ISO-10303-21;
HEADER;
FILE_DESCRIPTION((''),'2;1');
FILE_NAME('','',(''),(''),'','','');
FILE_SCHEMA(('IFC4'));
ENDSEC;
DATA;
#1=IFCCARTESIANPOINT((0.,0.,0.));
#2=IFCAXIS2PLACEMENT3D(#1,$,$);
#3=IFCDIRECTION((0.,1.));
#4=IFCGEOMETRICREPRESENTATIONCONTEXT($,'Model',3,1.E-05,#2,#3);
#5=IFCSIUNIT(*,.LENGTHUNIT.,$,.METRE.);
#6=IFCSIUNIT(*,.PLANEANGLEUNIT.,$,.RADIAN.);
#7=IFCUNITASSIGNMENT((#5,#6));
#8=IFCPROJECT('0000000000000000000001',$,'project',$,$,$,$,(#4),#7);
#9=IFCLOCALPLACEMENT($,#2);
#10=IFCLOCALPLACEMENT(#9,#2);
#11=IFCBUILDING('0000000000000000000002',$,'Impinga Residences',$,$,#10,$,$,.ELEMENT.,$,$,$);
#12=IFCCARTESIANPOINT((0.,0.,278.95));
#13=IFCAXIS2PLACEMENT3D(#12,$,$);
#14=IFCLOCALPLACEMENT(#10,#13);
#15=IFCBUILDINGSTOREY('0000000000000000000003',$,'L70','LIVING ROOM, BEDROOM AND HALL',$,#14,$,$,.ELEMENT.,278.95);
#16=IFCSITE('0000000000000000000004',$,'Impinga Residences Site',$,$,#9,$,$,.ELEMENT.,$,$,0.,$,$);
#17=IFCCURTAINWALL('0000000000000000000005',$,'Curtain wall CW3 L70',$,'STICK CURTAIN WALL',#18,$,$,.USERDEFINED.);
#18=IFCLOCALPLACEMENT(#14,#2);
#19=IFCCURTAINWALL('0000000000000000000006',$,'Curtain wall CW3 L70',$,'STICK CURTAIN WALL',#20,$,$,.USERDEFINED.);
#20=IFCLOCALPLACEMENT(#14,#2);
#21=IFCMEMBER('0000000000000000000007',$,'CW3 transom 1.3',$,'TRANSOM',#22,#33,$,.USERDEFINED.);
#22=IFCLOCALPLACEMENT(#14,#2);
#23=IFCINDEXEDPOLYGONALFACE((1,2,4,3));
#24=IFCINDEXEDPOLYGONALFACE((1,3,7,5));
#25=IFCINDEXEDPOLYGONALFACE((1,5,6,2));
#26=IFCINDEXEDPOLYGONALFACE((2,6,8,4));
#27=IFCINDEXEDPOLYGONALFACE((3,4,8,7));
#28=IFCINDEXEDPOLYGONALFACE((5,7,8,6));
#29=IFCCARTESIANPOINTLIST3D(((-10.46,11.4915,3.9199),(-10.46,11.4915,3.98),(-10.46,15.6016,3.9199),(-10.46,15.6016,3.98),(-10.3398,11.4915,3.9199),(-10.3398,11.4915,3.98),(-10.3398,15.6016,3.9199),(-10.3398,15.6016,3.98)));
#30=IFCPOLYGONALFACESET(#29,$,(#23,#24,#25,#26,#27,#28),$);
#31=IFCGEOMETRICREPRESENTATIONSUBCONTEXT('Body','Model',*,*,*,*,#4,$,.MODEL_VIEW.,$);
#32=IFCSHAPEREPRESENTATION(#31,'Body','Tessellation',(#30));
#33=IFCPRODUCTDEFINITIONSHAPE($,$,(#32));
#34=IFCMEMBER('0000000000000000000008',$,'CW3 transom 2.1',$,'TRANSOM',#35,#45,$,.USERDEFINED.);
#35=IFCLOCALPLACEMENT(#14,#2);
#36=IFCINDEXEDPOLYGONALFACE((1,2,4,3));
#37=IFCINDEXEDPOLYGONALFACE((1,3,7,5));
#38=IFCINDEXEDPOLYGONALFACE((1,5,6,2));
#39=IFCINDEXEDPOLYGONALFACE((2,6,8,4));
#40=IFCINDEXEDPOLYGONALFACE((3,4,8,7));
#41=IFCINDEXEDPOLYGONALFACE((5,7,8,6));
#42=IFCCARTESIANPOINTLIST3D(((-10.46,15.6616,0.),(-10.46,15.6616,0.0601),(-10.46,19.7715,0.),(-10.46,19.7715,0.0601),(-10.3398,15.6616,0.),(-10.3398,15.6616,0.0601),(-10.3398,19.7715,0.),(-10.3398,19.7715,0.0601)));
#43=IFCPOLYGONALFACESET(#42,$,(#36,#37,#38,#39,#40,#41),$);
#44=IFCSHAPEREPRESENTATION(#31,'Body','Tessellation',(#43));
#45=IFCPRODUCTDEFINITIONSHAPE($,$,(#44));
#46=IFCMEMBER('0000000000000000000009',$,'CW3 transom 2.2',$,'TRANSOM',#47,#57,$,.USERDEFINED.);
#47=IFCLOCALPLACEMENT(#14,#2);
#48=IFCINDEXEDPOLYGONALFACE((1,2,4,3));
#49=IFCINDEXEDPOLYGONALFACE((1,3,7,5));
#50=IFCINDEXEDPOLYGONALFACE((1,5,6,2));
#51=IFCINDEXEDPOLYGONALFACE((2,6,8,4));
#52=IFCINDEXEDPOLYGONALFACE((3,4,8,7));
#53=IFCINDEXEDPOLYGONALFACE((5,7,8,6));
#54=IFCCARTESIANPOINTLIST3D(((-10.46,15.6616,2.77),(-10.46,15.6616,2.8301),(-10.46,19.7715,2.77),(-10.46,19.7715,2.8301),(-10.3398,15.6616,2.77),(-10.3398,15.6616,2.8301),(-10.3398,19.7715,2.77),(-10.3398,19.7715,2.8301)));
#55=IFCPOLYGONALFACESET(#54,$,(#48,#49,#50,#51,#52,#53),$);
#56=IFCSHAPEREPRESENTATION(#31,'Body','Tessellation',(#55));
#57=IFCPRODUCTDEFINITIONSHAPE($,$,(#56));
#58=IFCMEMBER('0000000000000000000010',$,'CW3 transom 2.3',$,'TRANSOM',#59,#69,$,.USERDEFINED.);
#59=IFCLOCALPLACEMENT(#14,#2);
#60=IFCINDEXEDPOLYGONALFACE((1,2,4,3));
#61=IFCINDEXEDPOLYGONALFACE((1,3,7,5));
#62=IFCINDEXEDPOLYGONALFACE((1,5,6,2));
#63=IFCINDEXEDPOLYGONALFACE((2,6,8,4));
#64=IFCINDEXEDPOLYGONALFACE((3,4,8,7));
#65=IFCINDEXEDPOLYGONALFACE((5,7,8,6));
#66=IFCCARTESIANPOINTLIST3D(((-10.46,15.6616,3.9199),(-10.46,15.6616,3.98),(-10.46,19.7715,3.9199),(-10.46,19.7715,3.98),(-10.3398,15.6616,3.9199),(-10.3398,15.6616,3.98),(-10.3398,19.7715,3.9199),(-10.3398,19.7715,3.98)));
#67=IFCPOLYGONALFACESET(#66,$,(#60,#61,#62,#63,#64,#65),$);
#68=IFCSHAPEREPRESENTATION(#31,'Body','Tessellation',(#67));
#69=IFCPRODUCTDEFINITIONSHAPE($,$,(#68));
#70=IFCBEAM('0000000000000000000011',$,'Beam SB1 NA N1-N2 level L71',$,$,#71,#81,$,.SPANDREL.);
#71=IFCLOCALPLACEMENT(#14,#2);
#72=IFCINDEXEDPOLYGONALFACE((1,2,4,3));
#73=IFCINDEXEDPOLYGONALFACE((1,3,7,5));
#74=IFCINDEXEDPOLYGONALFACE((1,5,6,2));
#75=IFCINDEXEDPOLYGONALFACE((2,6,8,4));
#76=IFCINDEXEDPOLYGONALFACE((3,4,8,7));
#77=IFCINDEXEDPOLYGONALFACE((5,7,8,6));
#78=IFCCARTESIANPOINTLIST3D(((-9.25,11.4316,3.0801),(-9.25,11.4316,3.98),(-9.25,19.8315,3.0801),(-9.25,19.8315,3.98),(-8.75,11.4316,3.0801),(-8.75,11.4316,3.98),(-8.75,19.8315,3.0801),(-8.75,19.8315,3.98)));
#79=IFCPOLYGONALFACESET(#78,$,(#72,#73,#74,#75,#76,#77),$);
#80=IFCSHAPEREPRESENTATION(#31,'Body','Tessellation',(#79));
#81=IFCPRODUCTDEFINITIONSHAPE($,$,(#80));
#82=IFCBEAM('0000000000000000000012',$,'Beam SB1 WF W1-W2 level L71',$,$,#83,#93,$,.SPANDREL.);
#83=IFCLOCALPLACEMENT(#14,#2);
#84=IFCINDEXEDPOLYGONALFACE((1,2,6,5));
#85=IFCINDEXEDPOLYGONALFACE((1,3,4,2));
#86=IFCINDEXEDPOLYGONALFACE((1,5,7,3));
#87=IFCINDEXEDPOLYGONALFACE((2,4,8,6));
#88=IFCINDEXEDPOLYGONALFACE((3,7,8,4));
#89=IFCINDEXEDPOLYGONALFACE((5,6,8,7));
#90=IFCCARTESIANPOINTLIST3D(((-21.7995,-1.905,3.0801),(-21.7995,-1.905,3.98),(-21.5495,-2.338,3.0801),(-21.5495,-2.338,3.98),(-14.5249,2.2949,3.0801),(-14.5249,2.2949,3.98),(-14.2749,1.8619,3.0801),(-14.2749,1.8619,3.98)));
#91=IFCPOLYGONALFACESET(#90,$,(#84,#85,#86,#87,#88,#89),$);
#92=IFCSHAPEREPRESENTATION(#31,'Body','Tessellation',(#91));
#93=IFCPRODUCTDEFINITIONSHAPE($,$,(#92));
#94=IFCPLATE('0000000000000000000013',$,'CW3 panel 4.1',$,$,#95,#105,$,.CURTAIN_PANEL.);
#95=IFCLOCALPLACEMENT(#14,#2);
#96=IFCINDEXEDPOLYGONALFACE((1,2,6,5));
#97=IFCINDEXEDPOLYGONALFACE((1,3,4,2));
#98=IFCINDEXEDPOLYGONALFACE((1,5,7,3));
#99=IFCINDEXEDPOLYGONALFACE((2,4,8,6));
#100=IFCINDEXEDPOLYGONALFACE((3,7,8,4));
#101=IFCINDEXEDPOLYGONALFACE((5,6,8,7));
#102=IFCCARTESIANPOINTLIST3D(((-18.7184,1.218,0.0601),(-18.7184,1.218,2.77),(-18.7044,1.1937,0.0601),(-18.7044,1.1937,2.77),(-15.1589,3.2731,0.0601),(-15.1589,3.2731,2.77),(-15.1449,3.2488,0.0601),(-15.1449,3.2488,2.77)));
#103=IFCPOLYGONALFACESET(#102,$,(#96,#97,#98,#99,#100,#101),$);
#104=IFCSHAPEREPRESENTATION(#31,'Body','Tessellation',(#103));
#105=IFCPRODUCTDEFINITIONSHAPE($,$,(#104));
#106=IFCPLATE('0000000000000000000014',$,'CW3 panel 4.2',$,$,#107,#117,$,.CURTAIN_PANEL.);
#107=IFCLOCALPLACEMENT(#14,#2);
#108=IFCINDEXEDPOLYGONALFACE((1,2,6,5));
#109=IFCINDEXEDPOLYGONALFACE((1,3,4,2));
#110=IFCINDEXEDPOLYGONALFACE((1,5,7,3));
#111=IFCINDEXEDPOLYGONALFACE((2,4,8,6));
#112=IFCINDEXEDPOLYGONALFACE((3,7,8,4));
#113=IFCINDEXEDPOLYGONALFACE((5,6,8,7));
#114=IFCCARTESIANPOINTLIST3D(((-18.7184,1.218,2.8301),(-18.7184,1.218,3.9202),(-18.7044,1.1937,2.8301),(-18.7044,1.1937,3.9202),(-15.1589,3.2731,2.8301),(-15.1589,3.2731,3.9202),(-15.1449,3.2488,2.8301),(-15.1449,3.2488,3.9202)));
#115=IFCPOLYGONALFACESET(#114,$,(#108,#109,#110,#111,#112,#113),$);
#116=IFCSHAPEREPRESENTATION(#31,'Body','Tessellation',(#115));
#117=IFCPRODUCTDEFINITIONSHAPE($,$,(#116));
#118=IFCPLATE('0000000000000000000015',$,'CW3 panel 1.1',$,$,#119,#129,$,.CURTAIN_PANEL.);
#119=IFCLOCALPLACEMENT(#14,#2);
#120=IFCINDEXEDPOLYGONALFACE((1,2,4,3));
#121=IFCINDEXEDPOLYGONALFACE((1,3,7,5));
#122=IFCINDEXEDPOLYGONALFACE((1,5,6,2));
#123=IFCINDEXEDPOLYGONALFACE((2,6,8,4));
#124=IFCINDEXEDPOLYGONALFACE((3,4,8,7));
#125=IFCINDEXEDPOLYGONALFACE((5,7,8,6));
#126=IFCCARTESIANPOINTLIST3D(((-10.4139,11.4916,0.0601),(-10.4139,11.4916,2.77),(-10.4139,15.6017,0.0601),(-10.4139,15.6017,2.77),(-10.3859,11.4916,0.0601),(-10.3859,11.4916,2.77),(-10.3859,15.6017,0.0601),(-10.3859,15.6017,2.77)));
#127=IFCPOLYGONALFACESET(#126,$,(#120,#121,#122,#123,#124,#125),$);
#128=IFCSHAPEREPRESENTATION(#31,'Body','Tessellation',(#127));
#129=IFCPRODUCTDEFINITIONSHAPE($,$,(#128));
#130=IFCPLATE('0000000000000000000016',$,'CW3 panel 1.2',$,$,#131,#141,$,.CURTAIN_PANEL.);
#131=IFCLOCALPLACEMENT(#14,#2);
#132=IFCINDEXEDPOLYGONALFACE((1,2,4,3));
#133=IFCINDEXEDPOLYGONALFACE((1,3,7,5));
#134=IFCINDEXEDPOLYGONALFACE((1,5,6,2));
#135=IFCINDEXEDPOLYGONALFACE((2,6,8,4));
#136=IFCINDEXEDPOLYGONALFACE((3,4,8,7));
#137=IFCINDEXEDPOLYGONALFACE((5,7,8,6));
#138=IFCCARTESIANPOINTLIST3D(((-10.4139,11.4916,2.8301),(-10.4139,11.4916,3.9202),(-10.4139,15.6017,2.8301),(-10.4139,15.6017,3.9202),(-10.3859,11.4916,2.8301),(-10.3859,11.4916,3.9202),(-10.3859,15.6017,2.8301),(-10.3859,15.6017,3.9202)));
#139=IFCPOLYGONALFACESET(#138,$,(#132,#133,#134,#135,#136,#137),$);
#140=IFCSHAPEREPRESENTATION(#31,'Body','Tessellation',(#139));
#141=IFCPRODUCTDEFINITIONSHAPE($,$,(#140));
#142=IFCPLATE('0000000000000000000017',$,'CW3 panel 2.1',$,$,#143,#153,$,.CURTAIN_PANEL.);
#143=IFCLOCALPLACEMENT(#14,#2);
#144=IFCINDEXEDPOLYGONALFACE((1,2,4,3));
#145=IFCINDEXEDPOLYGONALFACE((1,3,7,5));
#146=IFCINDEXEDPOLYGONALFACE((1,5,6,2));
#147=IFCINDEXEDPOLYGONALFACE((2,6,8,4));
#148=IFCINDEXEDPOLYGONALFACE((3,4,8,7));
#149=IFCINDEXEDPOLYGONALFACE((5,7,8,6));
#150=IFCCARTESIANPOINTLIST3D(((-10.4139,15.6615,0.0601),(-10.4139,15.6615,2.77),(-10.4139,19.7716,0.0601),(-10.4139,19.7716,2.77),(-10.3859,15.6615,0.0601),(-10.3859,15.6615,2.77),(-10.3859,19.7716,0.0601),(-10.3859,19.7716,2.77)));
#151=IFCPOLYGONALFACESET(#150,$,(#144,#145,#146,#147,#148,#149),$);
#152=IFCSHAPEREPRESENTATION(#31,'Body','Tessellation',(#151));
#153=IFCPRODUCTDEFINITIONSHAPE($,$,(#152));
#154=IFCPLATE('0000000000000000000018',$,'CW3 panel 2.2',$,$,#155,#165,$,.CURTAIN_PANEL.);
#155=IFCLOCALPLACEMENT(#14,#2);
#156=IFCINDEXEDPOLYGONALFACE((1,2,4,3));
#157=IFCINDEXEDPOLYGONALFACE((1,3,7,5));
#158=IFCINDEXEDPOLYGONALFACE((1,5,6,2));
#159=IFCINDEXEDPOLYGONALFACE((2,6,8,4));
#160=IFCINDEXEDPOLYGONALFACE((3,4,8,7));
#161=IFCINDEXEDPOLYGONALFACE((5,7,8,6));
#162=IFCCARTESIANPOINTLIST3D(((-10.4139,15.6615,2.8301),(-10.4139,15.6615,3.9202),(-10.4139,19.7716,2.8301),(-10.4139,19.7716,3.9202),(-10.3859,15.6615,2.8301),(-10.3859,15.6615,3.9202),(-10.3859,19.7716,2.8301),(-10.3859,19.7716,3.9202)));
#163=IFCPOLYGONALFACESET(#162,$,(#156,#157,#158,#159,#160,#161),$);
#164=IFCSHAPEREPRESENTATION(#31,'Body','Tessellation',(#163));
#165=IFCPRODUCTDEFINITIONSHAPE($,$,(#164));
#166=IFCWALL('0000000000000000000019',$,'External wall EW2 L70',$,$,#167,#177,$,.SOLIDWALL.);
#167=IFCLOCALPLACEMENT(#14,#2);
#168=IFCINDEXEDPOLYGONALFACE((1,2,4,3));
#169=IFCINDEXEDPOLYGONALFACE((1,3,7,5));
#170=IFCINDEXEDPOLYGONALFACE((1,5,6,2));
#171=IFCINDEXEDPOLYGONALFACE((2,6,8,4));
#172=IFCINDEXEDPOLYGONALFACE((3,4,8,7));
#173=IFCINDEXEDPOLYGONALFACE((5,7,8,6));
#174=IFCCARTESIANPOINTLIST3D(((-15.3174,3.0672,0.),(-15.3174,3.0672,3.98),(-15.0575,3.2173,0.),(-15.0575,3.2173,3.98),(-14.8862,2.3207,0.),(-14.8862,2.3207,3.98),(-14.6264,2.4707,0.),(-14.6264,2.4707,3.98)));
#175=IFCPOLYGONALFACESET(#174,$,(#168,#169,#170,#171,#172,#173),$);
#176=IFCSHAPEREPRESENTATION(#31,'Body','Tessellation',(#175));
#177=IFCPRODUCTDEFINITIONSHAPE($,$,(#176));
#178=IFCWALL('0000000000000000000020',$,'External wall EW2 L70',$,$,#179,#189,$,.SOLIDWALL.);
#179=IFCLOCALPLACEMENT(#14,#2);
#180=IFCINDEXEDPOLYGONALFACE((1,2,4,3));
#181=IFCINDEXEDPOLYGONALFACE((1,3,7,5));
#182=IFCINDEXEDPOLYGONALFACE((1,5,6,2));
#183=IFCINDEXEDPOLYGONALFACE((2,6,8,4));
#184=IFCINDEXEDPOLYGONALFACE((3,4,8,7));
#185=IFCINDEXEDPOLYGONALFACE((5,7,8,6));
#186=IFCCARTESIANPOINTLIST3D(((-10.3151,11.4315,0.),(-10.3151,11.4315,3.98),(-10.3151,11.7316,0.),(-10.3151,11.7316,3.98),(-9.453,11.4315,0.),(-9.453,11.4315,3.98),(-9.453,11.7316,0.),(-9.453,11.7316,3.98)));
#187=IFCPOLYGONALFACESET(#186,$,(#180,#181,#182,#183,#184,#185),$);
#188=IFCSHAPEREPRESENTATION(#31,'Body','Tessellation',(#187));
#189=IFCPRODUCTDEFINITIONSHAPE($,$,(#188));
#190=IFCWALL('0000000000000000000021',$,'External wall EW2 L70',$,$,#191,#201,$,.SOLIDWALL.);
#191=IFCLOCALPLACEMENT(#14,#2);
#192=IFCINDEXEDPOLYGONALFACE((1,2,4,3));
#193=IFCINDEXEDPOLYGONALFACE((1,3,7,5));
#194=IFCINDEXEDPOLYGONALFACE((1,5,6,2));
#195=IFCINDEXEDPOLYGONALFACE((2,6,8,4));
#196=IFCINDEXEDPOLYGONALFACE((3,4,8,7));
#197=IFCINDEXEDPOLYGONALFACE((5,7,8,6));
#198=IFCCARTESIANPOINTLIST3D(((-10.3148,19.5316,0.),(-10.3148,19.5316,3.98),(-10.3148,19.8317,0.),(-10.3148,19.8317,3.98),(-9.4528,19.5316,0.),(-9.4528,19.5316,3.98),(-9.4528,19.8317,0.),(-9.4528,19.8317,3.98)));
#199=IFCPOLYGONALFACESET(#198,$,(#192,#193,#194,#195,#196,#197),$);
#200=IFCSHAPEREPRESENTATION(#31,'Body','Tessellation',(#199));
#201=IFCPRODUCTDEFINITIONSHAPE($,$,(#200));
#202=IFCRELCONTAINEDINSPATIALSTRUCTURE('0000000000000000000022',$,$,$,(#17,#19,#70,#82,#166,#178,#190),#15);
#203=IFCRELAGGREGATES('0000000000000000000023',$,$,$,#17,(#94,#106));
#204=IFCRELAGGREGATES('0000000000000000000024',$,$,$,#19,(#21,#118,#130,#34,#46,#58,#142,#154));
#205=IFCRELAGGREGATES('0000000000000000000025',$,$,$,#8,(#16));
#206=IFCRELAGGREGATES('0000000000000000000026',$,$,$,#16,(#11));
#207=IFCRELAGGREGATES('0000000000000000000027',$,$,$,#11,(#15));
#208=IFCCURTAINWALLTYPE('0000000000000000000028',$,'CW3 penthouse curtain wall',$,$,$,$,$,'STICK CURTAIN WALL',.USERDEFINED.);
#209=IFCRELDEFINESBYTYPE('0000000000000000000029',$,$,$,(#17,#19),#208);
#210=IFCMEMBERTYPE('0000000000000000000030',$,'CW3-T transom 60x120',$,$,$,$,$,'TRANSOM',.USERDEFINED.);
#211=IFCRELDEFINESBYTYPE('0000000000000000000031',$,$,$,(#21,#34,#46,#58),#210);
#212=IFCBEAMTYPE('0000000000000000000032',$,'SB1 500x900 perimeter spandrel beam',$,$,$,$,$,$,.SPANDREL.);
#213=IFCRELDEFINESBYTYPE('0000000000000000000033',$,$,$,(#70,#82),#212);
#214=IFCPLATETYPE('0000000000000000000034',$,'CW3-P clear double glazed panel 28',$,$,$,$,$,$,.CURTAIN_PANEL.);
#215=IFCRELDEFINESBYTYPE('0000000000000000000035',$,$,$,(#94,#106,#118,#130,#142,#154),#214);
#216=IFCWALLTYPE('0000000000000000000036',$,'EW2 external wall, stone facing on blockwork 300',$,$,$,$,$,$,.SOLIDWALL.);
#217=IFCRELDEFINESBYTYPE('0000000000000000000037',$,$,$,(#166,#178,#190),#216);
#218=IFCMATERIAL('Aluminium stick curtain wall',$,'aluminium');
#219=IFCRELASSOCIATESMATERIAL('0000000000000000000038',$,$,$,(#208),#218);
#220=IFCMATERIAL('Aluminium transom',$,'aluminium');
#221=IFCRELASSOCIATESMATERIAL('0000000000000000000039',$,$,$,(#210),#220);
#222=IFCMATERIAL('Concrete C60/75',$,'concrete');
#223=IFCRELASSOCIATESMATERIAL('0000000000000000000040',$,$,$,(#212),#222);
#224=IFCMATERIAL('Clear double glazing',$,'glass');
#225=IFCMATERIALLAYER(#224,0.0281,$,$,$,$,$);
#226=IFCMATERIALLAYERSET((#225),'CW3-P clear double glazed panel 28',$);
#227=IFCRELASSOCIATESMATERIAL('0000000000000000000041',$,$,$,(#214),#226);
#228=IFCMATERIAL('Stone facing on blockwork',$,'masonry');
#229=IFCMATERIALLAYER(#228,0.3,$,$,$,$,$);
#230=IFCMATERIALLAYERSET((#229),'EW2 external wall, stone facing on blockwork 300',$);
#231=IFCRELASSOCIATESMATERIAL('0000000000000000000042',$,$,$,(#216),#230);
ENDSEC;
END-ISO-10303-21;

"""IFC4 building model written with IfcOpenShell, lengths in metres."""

from ifc_helpers import new_model, si_unit, direction, frame, frame_2d, origin, origin_2d, place, context, subcontext, project, spatial, rectangle, extrude, material, layer, layer_set, material_profile, profile_set, type_object, element, aggregate, save


model = new_model("IFC4")

# Units and contexts
model_context = context("Model", 3, precision=1e-05, world=origin(), true_north=direction((0.0, 1.0)))
body_context = subcontext(model_context, "Body", "Model", "MODEL_VIEW")
ifc_project = project(units=[si_unit("LENGTHUNIT", "METRE"), si_unit("PLANEANGLEUNIT", "RADIAN")], contexts=[model_context])

# Site, building, storey
site_placement = place(None, origin())
site = spatial("IfcSite", under=ifc_project, at=site_placement, Name="Impinga Residences Site", CompositionType="ELEMENT", RefElevation=0.0)
building_placement = place(site_placement, origin())
building = spatial("IfcBuilding", under=site, at=building_placement, Name="Impinga Residences", CompositionType="ELEMENT")
storey_placement = place(building_placement, frame((0.0, 0.0, 278.95)))
storey = spatial("IfcBuildingStorey", under=building, at=storey_placement, Name="L70", Description="LIVING ROOM, BEDROOM AND HALL", CompositionType="ELEMENT", Elevation=278.95)

# Shared definitions
ifc_material_1 = material(Name="Concrete C60/75", Category="concrete")

# Curtain wall
ifc_material_2 = material(Name="Aluminium stick curtain wall", Category="aluminium")
curtain_wall_type = type_object("IfcCurtainWallType", Name="CW3 penthouse curtain wall", ElementType="STICK CURTAIN WALL", PredefinedType="USERDEFINED", material=ifc_material_2)
curtain_wall_1_placement = place(storey_placement, origin())
curtain_wall_1 = element("IfcCurtainWall", 1, at=curtain_wall_1_placement, inside=storey, type_object=curtain_wall_type, Name="Curtain wall CW3 L70", ObjectType="STICK CURTAIN WALL", PredefinedType="USERDEFINED")

# Curtain wall
curtain_wall_2_placement = place(storey_placement, origin())
curtain_wall_2 = element("IfcCurtainWall", 2, at=curtain_wall_2_placement, inside=storey, type_object=curtain_wall_type, Name="Curtain wall CW3 L70", ObjectType="STICK CURTAIN WALL", PredefinedType="USERDEFINED")

# Members
ifc_material_3 = material(Name="Aluminium transom", Category="aluminium")
ifc_material_profile_1 = material_profile(ifc_material_3, rectangle(XDim=0.0601, YDim=0.1201, at=origin_2d()), Name="60x120 transom")
ifc_profile_set_1 = profile_set([ifc_material_profile_1], Name="Aluminium transom")
member_type_1 = type_object("IfcMemberType", Name="CW3-T transom 60x120", ElementType="TRANSOM", PredefinedType="USERDEFINED", material=ifc_profile_set_1)
member_1_placement = place(storey_placement, frame((-10.3999, 11.4915, 3.95), z_axis=(0.0, 1.0, 0.0), x_axis=(0.0, 0.0, 1.0)))
member_1 = element("IfcMember", 3, at=member_1_placement, type_object=member_type_1, Name="CW3 transom 1.3", ObjectType="TRANSOM", PredefinedType="USERDEFINED", context=body_context, shape_type="SweptSolid", body=[
    extrude(rectangle(XDim=0.0601, YDim=0.1201, at=origin_2d()), origin(), (0.0, 0.0, 1.0), 4.1101),
])
member_2_placement = place(storey_placement, frame((-10.3999, 15.6616, 0.03), z_axis=(0.0, 1.0, 0.0), x_axis=(0.0, 0.0, 1.0)))
member_2 = element("IfcMember", 4, at=member_2_placement, type_object=member_type_1, Name="CW3 transom 2.1", ObjectType="TRANSOM", PredefinedType="USERDEFINED", context=body_context, shape_type="SweptSolid", body=[
    extrude(rectangle(XDim=0.0601, YDim=0.1201, at=origin_2d()), origin(), (0.0, 0.0, 1.0), 4.1099),
])
member_3_placement = place(storey_placement, frame((-10.3999, 15.6616, 2.8), z_axis=(0.0, 1.0, 0.0), x_axis=(0.0, 0.0, 1.0)))
member_3 = element("IfcMember", 5, at=member_3_placement, type_object=member_type_1, Name="CW3 transom 2.2", ObjectType="TRANSOM", PredefinedType="USERDEFINED", context=body_context, shape_type="SweptSolid", body=[
    extrude(rectangle(XDim=0.0601, YDim=0.1201, at=origin_2d()), origin(), (0.0, 0.0, 1.0), 4.1099),
])
member_4_placement = place(storey_placement, frame((-10.3999, 15.6616, 3.95), z_axis=(0.0, 1.0, 0.0), x_axis=(0.0, 0.0, 1.0)))
member_4 = element("IfcMember", 6, at=member_4_placement, type_object=member_type_1, Name="CW3 transom 2.3", ObjectType="TRANSOM", PredefinedType="USERDEFINED", context=body_context, shape_type="SweptSolid", body=[
    extrude(rectangle(XDim=0.0601, YDim=0.1201, at=origin_2d()), origin(), (0.0, 0.0, 1.0), 4.1099),
])

# Beams
ifc_material_profile_2 = material_profile(ifc_material_1, rectangle(XDim=0.5, YDim=0.8999, at=origin_2d()), Name="RC 500x900")
ifc_profile_set_2 = profile_set([ifc_material_profile_2], Name="Concrete C60/75")
beam_type = type_object("IfcBeamType", Name="SB1 500x900 perimeter spandrel beam", PredefinedType="SPANDREL", material=ifc_profile_set_2)
for number, where, z_axis, x_axis, name in (
    (7, (-9.0, 11.4316, 3.53), (0.0, 1.0, 0.0), (-1.0, 0.0, 0.0), "Beam SB1 NA N1-N2 level L71"),
    (8, (-14.3999, 2.0784, 3.53), (-0.866029, -0.499993, 0.0), (0.499993, -0.866029, 0.0), "Beam SB1 WF W1-W2 level L71"),
):
    element("IfcBeam", number, at=place(storey_placement, frame(where, z_axis=z_axis, x_axis=x_axis)), inside=storey, type_object=beam_type, Name=name, PredefinedType="SPANDREL", context=body_context, shape_type="SweptSolid", body=[
        extrude(rectangle(XDim=0.5, YDim=0.8999, at=origin_2d()), origin(), (0.0, 0.0, 1.0), 8.3999),
    ])

# Plates
ifc_material_4 = material(Name="Clear double glazing", Category="glass")
ifc_layer_1 = layer(ifc_material_4, 0.0281)
ifc_layer_set_1 = layer_set([ifc_layer_1], Name="CW3-P clear double glazed panel 28")
plate_type = type_object("IfcPlateType", Name="CW3-P clear double glazed panel 28", PredefinedType="CURTAIN_PANEL", material=ifc_layer_set_1)
plate_1_placement = place(storey_placement, frame((-16.9316, 2.2334, 0.0601), z_axis=(0.0, 0.0, 1.0), x_axis=(0.866025, 0.5, 0.0)))
plate_1 = element("IfcPlate", 9, at=plate_1_placement, type_object=plate_type, Name="CW3 panel 4.1", PredefinedType="CURTAIN_PANEL", context=body_context, shape_type="SweptSolid", body=[
    extrude(rectangle(XDim=4.1101, YDim=0.0281, at=origin_2d()), origin(), (0.0, 0.0, 1.0), 2.71),
])
plate_2_placement = place(storey_placement, frame((-16.9316, 2.2334, 2.8301), z_axis=(0.0, 0.0, 1.0), x_axis=(0.866025, 0.5, 0.0)))
plate_2 = element("IfcPlate", 10, at=plate_2_placement, type_object=plate_type, Name="CW3 panel 4.2", PredefinedType="CURTAIN_PANEL", context=body_context, shape_type="SweptSolid", body=[
    extrude(rectangle(XDim=4.1101, YDim=0.0281, at=origin_2d()), origin(), (0.0, 0.0, 1.0), 1.0901),
])
aggregate(curtain_wall_1, [plate_1, plate_2])
plate_3_placement = place(storey_placement, frame((-10.3999, 13.5466, 0.0601), z_axis=(0.0, 0.0, 1.0), x_axis=(0.0, 1.0, 0.0)))
plate_3 = element("IfcPlate", 11, at=plate_3_placement, type_object=plate_type, Name="CW3 panel 1.1", PredefinedType="CURTAIN_PANEL", context=body_context, shape_type="SweptSolid", body=[
    extrude(rectangle(XDim=4.1101, YDim=0.0281, at=origin_2d()), origin(), (0.0, 0.0, 1.0), 2.71),
])
plate_4_placement = place(storey_placement, frame((-10.3999, 13.5466, 2.8301), z_axis=(0.0, 0.0, 1.0), x_axis=(0.0, 1.0, 0.0)))
plate_4 = element("IfcPlate", 12, at=plate_4_placement, type_object=plate_type, Name="CW3 panel 1.2", PredefinedType="CURTAIN_PANEL", context=body_context, shape_type="SweptSolid", body=[
    extrude(rectangle(XDim=4.1101, YDim=0.0281, at=origin_2d()), origin(), (0.0, 0.0, 1.0), 1.0901),
])
plate_5_placement = place(storey_placement, frame((-10.3999, 17.7166, 0.0601), z_axis=(0.0, 0.0, 1.0), x_axis=(0.0, 1.0, 0.0)))
plate_5 = element("IfcPlate", 13, at=plate_5_placement, type_object=plate_type, Name="CW3 panel 2.1", PredefinedType="CURTAIN_PANEL", context=body_context, shape_type="SweptSolid", body=[
    extrude(rectangle(XDim=4.1101, YDim=0.0281, at=origin_2d()), origin(), (0.0, 0.0, 1.0), 2.71),
])
plate_6_placement = place(storey_placement, frame((-10.3999, 17.7166, 2.8301), z_axis=(0.0, 0.0, 1.0), x_axis=(0.0, 1.0, 0.0)))
plate_6 = element("IfcPlate", 14, at=plate_6_placement, type_object=plate_type, Name="CW3 panel 2.2", PredefinedType="CURTAIN_PANEL", context=body_context, shape_type="SweptSolid", body=[
    extrude(rectangle(XDim=4.1101, YDim=0.0281, at=origin_2d()), origin(), (0.0, 0.0, 1.0), 1.0901),
])
aggregate(curtain_wall_2, [member_1, plate_3, plate_4, member_2, member_3, member_4, plate_5, plate_6])

# Walls
ifc_material_5 = material(Name="Stone facing on blockwork", Category="masonry")
ifc_layer_2 = layer(ifc_material_5, 0.3)
ifc_layer_set_2 = layer_set([ifc_layer_2], Name="EW2 external wall, stone facing on blockwork 300")
wall_type_1 = type_object("IfcWallType", Name="EW2 external wall, stone facing on blockwork 300", PredefinedType="SOLIDWALL", material=ifc_layer_set_2)
for number, where, z_axis, x_axis, name in (
    (15, (-15.1875, 3.1423, 0.0), (0.0, 0.0, 1.0), (0.500098, -0.865969, 0.0), "External wall EW2 L70"),
    (16, (-9.4529, 11.5815, 0.0), (0.0, 0.0, 1.0), (-1.0, 0.0, 0.0), "External wall EW2 L70"),
    (17, (-10.3149, 19.6816, 0.0), (0.0, 0.0, 1.0), (1.0, 0.0, 0.0), "External wall EW2 L70"),
):
    element("IfcWall", number, at=place(storey_placement, frame(where, z_axis=z_axis, x_axis=x_axis)), inside=storey, type_object=wall_type_1, Name=name, PredefinedType="SOLIDWALL", context=body_context, shape_type="SweptSolid", body=[
        extrude(rectangle(XDim=0.8621, YDim=0.3, at=frame_2d((0.4312, 0.0))), origin(), (0.0, 0.0, 1.0), 3.98),
    ])

save(model, "model.ifc")
